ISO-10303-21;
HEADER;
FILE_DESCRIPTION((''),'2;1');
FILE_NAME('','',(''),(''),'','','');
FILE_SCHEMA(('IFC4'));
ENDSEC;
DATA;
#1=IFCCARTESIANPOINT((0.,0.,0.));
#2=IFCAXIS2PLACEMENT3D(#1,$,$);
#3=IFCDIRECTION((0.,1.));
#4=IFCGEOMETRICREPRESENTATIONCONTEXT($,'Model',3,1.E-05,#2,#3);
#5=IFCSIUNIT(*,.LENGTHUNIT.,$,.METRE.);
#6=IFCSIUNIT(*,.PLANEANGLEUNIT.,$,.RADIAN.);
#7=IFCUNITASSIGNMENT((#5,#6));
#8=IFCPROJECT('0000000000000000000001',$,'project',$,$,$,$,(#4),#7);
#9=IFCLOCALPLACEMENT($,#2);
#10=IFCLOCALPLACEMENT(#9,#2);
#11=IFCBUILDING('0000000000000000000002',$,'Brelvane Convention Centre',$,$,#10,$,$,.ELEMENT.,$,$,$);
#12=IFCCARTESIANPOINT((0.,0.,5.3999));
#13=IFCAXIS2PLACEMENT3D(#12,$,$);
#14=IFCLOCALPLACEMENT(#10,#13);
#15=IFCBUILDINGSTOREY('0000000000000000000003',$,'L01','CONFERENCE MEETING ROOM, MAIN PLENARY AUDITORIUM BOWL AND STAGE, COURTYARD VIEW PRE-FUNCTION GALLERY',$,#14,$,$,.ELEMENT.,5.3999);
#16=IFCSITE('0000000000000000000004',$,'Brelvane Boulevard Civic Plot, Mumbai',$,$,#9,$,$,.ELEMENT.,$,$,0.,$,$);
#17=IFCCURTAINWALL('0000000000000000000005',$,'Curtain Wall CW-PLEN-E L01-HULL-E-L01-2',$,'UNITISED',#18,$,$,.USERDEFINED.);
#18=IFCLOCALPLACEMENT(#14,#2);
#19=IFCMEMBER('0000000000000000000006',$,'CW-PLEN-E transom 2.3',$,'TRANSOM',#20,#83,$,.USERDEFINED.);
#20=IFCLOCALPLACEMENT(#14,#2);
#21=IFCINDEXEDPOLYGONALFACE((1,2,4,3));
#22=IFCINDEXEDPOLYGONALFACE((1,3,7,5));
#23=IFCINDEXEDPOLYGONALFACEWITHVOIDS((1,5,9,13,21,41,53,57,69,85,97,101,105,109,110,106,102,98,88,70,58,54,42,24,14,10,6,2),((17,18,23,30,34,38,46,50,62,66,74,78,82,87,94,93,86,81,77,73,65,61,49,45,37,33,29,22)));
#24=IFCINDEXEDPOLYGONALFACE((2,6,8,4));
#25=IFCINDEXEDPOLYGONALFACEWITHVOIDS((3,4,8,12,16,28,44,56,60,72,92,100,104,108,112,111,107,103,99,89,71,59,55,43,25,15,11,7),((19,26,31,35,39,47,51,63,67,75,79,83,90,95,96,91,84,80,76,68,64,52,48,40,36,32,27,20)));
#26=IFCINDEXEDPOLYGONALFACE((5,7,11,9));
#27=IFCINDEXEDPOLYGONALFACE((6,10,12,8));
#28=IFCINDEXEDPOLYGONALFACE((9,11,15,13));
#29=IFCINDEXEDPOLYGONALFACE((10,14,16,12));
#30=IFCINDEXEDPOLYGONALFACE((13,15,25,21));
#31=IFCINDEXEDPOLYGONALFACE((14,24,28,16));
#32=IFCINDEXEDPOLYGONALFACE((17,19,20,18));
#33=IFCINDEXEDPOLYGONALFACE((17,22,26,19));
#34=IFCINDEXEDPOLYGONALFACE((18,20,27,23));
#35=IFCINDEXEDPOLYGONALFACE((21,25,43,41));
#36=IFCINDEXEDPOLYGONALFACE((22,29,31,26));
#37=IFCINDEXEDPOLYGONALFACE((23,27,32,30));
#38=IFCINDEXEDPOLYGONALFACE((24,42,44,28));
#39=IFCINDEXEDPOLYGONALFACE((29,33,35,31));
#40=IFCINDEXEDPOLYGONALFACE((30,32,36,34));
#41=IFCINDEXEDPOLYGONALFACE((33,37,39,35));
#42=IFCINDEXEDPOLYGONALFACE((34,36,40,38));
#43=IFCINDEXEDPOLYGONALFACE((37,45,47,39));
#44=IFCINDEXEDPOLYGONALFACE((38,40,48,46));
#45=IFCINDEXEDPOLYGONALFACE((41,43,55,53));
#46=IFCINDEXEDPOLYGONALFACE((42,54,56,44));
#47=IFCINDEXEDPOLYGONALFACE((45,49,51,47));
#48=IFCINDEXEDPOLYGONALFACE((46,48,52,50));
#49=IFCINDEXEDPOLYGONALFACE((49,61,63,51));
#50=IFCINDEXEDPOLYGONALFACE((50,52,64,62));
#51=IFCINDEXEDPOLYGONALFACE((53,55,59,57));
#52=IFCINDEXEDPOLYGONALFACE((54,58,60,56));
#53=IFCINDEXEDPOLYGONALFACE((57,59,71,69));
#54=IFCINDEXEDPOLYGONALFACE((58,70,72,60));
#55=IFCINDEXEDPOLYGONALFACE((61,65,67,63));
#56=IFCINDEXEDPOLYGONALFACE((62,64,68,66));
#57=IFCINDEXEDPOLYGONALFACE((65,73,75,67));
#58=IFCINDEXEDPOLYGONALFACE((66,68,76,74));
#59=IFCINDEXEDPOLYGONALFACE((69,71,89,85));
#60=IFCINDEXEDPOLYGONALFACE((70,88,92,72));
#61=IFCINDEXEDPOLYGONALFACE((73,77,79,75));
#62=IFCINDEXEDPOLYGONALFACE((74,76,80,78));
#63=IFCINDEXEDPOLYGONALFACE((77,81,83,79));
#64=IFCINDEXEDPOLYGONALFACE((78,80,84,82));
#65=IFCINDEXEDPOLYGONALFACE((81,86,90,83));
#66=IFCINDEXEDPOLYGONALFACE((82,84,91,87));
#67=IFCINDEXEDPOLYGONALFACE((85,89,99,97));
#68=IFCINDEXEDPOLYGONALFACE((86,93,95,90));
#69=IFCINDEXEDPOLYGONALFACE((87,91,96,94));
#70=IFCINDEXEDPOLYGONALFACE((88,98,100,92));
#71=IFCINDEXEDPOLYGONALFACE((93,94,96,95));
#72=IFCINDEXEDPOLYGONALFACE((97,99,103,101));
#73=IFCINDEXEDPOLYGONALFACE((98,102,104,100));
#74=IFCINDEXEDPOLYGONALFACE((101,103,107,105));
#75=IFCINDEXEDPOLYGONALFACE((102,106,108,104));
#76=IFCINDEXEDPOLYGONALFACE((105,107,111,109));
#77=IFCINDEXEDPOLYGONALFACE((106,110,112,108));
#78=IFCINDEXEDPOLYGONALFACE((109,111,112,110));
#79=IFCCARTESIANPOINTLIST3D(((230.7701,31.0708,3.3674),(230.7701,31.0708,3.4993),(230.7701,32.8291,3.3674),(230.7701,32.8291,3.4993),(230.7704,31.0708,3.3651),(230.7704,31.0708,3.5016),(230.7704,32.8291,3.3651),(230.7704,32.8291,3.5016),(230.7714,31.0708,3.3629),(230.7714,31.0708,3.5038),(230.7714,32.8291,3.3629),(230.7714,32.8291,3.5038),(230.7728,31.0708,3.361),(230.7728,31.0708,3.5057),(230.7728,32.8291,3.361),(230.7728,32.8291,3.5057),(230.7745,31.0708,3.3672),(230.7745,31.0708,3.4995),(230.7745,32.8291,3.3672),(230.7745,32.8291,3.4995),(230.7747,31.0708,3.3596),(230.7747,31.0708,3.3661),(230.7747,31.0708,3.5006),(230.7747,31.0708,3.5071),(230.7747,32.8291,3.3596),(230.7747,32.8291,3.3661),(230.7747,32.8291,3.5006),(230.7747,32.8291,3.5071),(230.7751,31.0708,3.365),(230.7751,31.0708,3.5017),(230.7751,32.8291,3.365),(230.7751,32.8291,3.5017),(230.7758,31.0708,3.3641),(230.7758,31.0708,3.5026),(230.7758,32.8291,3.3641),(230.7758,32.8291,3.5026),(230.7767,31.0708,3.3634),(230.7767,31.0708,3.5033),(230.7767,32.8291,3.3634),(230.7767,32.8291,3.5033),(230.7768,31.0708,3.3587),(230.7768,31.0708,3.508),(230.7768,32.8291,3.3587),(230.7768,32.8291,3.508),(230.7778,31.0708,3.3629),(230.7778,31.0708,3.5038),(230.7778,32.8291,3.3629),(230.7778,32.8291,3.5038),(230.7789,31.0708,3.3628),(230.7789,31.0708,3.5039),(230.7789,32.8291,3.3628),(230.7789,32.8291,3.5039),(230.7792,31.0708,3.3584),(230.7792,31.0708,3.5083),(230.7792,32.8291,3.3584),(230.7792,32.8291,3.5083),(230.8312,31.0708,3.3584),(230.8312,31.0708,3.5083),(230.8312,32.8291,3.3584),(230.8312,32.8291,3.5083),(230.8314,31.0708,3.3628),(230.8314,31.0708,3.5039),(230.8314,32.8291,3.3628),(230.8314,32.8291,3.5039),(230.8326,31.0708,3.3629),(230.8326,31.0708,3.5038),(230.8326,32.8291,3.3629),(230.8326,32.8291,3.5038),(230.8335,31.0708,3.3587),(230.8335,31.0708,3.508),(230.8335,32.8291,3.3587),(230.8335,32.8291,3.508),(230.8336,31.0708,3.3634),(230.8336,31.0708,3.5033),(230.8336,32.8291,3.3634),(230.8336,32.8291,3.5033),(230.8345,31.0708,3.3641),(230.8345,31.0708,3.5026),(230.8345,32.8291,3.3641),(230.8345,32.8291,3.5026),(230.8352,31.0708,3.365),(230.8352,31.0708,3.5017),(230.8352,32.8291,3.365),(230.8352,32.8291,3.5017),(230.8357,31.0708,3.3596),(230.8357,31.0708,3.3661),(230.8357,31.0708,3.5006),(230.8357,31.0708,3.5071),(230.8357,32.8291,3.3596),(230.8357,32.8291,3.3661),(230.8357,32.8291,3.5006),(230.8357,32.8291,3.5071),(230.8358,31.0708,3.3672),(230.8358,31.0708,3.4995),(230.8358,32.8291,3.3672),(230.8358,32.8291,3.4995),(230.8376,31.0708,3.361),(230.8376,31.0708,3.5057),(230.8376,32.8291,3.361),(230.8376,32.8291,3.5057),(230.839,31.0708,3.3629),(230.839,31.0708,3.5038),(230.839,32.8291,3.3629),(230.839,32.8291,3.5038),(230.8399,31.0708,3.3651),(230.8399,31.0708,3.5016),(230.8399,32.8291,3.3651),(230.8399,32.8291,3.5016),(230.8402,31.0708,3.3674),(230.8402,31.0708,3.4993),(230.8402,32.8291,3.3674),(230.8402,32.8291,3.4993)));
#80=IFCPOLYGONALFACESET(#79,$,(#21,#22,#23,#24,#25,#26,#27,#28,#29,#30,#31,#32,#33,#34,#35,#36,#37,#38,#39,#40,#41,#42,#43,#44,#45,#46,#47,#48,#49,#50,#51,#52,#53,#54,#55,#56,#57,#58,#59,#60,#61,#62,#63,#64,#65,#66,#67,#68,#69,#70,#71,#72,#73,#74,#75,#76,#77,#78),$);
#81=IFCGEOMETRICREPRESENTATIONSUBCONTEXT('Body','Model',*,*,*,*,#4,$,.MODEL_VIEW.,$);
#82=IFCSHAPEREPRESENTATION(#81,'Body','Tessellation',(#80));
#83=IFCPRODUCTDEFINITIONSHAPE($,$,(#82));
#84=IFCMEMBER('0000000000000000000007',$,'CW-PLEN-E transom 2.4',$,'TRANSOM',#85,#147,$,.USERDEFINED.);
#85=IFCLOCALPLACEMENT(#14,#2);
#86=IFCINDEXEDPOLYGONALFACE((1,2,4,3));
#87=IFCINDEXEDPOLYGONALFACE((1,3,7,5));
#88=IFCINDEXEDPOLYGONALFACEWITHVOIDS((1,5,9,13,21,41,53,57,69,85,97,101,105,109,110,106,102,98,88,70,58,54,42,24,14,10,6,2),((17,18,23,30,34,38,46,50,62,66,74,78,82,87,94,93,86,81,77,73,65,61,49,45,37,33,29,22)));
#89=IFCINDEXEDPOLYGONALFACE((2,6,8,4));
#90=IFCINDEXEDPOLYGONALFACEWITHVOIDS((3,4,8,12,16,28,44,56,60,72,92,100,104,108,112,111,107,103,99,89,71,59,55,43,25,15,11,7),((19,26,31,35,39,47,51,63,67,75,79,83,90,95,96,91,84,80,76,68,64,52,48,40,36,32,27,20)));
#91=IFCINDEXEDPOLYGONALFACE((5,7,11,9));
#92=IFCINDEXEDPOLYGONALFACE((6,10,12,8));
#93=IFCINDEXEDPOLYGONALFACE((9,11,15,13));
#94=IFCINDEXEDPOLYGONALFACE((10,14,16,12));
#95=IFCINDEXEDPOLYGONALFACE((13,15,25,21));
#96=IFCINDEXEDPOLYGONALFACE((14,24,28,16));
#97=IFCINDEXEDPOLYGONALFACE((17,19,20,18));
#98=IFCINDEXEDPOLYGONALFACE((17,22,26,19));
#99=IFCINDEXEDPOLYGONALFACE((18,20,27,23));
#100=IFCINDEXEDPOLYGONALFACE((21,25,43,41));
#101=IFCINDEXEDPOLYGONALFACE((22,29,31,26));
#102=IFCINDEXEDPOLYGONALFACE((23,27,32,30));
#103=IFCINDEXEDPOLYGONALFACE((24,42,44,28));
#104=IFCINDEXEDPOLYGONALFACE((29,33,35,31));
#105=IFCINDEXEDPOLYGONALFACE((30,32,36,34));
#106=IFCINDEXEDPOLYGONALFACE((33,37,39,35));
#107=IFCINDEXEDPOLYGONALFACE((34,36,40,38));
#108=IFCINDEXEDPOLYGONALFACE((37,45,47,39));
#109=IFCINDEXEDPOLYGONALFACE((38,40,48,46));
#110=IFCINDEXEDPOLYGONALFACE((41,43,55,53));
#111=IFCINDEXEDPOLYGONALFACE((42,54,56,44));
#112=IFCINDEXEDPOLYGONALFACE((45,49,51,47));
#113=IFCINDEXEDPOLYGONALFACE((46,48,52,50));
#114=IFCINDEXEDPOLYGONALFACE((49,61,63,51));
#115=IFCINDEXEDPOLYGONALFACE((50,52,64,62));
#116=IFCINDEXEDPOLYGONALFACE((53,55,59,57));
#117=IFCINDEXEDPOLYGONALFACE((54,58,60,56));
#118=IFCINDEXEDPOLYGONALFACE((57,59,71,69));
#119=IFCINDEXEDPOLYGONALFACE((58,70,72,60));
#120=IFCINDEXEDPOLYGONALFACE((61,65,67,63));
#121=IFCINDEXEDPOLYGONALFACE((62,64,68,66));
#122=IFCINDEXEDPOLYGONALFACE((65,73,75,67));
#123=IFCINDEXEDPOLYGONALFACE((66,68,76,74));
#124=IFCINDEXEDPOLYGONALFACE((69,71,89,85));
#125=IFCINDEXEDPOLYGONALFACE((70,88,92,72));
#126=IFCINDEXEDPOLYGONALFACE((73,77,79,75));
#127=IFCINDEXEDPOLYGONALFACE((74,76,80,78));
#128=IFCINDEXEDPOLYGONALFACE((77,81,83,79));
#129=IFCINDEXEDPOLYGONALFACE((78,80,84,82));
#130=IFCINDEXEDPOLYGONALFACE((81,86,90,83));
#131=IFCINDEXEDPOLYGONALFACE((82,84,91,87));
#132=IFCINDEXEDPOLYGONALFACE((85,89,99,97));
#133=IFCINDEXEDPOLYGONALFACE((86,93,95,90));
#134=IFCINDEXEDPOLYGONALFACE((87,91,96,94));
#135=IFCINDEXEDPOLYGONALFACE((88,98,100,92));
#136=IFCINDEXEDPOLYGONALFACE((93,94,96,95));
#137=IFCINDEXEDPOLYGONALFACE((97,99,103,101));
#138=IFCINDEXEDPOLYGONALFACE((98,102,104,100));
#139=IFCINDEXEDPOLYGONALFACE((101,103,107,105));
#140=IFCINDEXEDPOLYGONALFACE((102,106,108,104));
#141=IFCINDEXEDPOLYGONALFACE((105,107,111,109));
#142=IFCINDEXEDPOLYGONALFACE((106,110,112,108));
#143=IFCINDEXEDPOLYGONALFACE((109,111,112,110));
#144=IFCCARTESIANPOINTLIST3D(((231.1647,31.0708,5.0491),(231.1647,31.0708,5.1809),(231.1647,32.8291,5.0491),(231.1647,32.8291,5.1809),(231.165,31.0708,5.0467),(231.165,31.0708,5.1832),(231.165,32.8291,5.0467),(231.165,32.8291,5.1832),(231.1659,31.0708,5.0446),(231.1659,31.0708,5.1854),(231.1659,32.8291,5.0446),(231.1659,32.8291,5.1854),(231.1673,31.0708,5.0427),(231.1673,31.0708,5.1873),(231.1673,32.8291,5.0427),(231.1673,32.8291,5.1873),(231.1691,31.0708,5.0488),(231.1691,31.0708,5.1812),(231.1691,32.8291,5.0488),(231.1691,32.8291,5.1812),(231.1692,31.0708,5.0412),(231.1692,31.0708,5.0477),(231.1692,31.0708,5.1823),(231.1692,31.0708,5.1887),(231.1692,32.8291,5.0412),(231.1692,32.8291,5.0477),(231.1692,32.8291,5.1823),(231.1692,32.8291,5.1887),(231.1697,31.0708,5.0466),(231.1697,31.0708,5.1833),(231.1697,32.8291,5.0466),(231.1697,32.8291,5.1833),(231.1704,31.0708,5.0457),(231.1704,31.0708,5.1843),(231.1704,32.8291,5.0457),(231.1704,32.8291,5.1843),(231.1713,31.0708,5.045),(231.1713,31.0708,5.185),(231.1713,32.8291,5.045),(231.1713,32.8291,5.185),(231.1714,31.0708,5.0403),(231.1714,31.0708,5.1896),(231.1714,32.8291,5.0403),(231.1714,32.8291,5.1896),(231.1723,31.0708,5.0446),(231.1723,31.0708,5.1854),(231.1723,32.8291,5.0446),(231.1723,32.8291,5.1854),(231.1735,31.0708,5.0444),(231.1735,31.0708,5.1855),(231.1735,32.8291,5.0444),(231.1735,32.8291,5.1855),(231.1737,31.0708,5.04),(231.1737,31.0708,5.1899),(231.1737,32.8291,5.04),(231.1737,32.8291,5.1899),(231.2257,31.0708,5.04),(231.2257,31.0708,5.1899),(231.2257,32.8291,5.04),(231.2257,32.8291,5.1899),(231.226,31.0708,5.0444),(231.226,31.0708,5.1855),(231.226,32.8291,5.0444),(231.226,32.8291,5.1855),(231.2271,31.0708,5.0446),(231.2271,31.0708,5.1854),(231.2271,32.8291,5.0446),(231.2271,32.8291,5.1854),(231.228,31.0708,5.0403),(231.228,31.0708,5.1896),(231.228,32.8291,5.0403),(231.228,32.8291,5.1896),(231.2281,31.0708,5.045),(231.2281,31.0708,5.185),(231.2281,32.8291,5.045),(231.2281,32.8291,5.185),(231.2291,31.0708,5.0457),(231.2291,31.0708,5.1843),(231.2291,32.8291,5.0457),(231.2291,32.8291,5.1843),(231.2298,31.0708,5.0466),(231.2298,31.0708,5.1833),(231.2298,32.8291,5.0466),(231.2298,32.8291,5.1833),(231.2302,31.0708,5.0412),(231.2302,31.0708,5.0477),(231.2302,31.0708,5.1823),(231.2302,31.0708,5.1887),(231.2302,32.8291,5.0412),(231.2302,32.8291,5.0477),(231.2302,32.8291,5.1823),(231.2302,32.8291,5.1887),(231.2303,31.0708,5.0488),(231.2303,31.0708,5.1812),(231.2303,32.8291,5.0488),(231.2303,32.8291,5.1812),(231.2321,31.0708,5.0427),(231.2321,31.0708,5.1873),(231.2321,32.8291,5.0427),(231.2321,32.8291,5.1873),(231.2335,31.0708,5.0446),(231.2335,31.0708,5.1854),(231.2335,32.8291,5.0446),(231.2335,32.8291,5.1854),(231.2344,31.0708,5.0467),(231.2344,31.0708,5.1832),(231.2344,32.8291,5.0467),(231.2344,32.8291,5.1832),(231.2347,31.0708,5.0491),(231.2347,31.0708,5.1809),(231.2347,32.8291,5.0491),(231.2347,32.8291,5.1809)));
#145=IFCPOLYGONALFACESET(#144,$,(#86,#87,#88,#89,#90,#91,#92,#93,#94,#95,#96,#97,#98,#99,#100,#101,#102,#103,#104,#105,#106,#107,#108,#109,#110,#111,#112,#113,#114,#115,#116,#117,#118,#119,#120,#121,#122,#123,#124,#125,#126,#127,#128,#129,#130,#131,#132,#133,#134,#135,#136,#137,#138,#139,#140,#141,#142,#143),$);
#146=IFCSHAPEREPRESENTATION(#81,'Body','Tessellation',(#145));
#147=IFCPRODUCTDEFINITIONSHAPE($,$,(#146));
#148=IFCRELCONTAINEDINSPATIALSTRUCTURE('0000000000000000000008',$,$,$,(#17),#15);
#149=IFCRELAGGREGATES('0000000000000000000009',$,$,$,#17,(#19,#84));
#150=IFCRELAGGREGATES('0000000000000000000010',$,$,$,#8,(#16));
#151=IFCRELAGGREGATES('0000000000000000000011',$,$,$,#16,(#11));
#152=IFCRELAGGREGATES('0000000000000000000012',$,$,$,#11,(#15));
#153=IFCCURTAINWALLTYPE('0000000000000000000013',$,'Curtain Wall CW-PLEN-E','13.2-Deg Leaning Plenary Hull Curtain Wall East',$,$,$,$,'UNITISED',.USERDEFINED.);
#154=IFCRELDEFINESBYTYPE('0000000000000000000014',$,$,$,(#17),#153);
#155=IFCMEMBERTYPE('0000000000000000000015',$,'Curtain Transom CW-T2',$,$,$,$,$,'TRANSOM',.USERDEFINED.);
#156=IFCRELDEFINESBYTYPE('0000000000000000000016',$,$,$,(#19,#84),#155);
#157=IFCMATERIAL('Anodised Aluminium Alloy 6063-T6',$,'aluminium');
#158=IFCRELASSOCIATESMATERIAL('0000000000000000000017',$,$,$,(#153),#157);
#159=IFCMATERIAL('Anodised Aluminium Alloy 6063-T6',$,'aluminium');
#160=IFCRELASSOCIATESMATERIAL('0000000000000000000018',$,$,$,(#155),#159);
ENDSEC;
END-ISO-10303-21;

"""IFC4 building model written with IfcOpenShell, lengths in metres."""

from ifc_helpers import new_model, si_unit, direction, frame, origin, origin_2d, place, context, subcontext, project, spatial, hollow_rectangle, extrude, material, material_profile, profile_set, type_object, element, aggregate, save


model = new_model("IFC4")

# Units and contexts
model_context = context("Model", 3, precision=1e-05, world=origin(), true_north=direction((0.0, 1.0)))
body_context = subcontext(model_context, "Body", "Model", "MODEL_VIEW")
ifc_project = project(units=[si_unit("LENGTHUNIT", "METRE"), si_unit("PLANEANGLEUNIT", "RADIAN")], contexts=[model_context])

# Site, building, storey
site_placement = place(None, origin())
site = spatial("IfcSite", under=ifc_project, at=site_placement, Name="Brelvane Boulevard Civic Plot, Mumbai", CompositionType="ELEMENT", RefElevation=0.0)
building_placement = place(site_placement, origin())
building = spatial("IfcBuilding", under=site, at=building_placement, Name="Brelvane Convention Centre", CompositionType="ELEMENT")
storey_placement = place(building_placement, frame((0.0, 0.0, 5.3999)))
storey = spatial("IfcBuildingStorey", under=building, at=storey_placement, Name="L01", Description="CONFERENCE MEETING ROOM, MAIN PLENARY AUDITORIUM BOWL AND STAGE, COURTYARD VIEW PRE-FUNCTION GALLERY", CompositionType="ELEMENT", Elevation=5.3999)

# Curtain wall, members
ifc_material_1 = material(Name="Anodised Aluminium Alloy 6063-T6", Category="aluminium")
curtain_wall_type = type_object("IfcCurtainWallType", Name="Curtain Wall CW-PLEN-E", Description="13.2-Deg Leaning Plenary Hull Curtain Wall East", ElementType="UNITISED", PredefinedType="USERDEFINED", material=ifc_material_1)
curtain_wall_placement = place(storey_placement, origin())
curtain_wall = element("IfcCurtainWall", 1, at=curtain_wall_placement, inside=storey, type_object=curtain_wall_type, Name="Curtain Wall CW-PLEN-E L01-HULL-E-L01-2", ObjectType="UNITISED", PredefinedType="USERDEFINED")
ifc_material_2 = material(Name="Anodised Aluminium Alloy 6063-T6", Category="aluminium")
ifc_material_profile = material_profile(ifc_material_2, hollow_rectangle(XDim=0.0701, YDim=0.1499, WallThickness=0.0044, InnerFilletRadius=0.0044, OuterFilletRadius=0.009, at=origin_2d()), Name="ALU-T 150x70x4.5")
ifc_profile_set = profile_set([ifc_material_profile], Name="Anodised Aluminium Alloy 6063-T6")
member_type = type_object("IfcMemberType", Name="Curtain Transom CW-T2", ElementType="TRANSOM", PredefinedType="USERDEFINED", material=ifc_profile_set)
member_1_placement = place(storey_placement, frame((230.8052, 31.0708, 3.4333), z_axis=(0.0, 1.0, 0.0), x_axis=(-1.0, 0.0, 0.0)))
member_1 = element("IfcMember", 2, at=member_1_placement, type_object=member_type, Name="CW-PLEN-E transom 2.3", ObjectType="TRANSOM", PredefinedType="USERDEFINED", context=body_context, shape_type="SweptSolid", body=[
    extrude(hollow_rectangle(XDim=0.0701, YDim=0.1499, WallThickness=0.0044, InnerFilletRadius=0.0044, OuterFilletRadius=0.009, at=origin_2d()), origin(), (0.0, 0.0, 1.0), 1.7583),
])
member_2_placement = place(storey_placement, frame((231.1997, 31.0708, 5.115), z_axis=(0.0, 1.0, 0.0), x_axis=(-1.0, 0.0, 0.0)))
member_2 = element("IfcMember", 3, at=member_2_placement, type_object=member_type, Name="CW-PLEN-E transom 2.4", ObjectType="TRANSOM", PredefinedType="USERDEFINED", context=body_context, shape_type="SweptSolid", body=[
    extrude(hollow_rectangle(XDim=0.0701, YDim=0.1499, WallThickness=0.0044, InnerFilletRadius=0.0044, OuterFilletRadius=0.009, at=origin_2d()), origin(), (0.0, 0.0, 1.0), 1.7583),
])
aggregate(curtain_wall, [member_1, member_2])

save(model, "model.ifc")
